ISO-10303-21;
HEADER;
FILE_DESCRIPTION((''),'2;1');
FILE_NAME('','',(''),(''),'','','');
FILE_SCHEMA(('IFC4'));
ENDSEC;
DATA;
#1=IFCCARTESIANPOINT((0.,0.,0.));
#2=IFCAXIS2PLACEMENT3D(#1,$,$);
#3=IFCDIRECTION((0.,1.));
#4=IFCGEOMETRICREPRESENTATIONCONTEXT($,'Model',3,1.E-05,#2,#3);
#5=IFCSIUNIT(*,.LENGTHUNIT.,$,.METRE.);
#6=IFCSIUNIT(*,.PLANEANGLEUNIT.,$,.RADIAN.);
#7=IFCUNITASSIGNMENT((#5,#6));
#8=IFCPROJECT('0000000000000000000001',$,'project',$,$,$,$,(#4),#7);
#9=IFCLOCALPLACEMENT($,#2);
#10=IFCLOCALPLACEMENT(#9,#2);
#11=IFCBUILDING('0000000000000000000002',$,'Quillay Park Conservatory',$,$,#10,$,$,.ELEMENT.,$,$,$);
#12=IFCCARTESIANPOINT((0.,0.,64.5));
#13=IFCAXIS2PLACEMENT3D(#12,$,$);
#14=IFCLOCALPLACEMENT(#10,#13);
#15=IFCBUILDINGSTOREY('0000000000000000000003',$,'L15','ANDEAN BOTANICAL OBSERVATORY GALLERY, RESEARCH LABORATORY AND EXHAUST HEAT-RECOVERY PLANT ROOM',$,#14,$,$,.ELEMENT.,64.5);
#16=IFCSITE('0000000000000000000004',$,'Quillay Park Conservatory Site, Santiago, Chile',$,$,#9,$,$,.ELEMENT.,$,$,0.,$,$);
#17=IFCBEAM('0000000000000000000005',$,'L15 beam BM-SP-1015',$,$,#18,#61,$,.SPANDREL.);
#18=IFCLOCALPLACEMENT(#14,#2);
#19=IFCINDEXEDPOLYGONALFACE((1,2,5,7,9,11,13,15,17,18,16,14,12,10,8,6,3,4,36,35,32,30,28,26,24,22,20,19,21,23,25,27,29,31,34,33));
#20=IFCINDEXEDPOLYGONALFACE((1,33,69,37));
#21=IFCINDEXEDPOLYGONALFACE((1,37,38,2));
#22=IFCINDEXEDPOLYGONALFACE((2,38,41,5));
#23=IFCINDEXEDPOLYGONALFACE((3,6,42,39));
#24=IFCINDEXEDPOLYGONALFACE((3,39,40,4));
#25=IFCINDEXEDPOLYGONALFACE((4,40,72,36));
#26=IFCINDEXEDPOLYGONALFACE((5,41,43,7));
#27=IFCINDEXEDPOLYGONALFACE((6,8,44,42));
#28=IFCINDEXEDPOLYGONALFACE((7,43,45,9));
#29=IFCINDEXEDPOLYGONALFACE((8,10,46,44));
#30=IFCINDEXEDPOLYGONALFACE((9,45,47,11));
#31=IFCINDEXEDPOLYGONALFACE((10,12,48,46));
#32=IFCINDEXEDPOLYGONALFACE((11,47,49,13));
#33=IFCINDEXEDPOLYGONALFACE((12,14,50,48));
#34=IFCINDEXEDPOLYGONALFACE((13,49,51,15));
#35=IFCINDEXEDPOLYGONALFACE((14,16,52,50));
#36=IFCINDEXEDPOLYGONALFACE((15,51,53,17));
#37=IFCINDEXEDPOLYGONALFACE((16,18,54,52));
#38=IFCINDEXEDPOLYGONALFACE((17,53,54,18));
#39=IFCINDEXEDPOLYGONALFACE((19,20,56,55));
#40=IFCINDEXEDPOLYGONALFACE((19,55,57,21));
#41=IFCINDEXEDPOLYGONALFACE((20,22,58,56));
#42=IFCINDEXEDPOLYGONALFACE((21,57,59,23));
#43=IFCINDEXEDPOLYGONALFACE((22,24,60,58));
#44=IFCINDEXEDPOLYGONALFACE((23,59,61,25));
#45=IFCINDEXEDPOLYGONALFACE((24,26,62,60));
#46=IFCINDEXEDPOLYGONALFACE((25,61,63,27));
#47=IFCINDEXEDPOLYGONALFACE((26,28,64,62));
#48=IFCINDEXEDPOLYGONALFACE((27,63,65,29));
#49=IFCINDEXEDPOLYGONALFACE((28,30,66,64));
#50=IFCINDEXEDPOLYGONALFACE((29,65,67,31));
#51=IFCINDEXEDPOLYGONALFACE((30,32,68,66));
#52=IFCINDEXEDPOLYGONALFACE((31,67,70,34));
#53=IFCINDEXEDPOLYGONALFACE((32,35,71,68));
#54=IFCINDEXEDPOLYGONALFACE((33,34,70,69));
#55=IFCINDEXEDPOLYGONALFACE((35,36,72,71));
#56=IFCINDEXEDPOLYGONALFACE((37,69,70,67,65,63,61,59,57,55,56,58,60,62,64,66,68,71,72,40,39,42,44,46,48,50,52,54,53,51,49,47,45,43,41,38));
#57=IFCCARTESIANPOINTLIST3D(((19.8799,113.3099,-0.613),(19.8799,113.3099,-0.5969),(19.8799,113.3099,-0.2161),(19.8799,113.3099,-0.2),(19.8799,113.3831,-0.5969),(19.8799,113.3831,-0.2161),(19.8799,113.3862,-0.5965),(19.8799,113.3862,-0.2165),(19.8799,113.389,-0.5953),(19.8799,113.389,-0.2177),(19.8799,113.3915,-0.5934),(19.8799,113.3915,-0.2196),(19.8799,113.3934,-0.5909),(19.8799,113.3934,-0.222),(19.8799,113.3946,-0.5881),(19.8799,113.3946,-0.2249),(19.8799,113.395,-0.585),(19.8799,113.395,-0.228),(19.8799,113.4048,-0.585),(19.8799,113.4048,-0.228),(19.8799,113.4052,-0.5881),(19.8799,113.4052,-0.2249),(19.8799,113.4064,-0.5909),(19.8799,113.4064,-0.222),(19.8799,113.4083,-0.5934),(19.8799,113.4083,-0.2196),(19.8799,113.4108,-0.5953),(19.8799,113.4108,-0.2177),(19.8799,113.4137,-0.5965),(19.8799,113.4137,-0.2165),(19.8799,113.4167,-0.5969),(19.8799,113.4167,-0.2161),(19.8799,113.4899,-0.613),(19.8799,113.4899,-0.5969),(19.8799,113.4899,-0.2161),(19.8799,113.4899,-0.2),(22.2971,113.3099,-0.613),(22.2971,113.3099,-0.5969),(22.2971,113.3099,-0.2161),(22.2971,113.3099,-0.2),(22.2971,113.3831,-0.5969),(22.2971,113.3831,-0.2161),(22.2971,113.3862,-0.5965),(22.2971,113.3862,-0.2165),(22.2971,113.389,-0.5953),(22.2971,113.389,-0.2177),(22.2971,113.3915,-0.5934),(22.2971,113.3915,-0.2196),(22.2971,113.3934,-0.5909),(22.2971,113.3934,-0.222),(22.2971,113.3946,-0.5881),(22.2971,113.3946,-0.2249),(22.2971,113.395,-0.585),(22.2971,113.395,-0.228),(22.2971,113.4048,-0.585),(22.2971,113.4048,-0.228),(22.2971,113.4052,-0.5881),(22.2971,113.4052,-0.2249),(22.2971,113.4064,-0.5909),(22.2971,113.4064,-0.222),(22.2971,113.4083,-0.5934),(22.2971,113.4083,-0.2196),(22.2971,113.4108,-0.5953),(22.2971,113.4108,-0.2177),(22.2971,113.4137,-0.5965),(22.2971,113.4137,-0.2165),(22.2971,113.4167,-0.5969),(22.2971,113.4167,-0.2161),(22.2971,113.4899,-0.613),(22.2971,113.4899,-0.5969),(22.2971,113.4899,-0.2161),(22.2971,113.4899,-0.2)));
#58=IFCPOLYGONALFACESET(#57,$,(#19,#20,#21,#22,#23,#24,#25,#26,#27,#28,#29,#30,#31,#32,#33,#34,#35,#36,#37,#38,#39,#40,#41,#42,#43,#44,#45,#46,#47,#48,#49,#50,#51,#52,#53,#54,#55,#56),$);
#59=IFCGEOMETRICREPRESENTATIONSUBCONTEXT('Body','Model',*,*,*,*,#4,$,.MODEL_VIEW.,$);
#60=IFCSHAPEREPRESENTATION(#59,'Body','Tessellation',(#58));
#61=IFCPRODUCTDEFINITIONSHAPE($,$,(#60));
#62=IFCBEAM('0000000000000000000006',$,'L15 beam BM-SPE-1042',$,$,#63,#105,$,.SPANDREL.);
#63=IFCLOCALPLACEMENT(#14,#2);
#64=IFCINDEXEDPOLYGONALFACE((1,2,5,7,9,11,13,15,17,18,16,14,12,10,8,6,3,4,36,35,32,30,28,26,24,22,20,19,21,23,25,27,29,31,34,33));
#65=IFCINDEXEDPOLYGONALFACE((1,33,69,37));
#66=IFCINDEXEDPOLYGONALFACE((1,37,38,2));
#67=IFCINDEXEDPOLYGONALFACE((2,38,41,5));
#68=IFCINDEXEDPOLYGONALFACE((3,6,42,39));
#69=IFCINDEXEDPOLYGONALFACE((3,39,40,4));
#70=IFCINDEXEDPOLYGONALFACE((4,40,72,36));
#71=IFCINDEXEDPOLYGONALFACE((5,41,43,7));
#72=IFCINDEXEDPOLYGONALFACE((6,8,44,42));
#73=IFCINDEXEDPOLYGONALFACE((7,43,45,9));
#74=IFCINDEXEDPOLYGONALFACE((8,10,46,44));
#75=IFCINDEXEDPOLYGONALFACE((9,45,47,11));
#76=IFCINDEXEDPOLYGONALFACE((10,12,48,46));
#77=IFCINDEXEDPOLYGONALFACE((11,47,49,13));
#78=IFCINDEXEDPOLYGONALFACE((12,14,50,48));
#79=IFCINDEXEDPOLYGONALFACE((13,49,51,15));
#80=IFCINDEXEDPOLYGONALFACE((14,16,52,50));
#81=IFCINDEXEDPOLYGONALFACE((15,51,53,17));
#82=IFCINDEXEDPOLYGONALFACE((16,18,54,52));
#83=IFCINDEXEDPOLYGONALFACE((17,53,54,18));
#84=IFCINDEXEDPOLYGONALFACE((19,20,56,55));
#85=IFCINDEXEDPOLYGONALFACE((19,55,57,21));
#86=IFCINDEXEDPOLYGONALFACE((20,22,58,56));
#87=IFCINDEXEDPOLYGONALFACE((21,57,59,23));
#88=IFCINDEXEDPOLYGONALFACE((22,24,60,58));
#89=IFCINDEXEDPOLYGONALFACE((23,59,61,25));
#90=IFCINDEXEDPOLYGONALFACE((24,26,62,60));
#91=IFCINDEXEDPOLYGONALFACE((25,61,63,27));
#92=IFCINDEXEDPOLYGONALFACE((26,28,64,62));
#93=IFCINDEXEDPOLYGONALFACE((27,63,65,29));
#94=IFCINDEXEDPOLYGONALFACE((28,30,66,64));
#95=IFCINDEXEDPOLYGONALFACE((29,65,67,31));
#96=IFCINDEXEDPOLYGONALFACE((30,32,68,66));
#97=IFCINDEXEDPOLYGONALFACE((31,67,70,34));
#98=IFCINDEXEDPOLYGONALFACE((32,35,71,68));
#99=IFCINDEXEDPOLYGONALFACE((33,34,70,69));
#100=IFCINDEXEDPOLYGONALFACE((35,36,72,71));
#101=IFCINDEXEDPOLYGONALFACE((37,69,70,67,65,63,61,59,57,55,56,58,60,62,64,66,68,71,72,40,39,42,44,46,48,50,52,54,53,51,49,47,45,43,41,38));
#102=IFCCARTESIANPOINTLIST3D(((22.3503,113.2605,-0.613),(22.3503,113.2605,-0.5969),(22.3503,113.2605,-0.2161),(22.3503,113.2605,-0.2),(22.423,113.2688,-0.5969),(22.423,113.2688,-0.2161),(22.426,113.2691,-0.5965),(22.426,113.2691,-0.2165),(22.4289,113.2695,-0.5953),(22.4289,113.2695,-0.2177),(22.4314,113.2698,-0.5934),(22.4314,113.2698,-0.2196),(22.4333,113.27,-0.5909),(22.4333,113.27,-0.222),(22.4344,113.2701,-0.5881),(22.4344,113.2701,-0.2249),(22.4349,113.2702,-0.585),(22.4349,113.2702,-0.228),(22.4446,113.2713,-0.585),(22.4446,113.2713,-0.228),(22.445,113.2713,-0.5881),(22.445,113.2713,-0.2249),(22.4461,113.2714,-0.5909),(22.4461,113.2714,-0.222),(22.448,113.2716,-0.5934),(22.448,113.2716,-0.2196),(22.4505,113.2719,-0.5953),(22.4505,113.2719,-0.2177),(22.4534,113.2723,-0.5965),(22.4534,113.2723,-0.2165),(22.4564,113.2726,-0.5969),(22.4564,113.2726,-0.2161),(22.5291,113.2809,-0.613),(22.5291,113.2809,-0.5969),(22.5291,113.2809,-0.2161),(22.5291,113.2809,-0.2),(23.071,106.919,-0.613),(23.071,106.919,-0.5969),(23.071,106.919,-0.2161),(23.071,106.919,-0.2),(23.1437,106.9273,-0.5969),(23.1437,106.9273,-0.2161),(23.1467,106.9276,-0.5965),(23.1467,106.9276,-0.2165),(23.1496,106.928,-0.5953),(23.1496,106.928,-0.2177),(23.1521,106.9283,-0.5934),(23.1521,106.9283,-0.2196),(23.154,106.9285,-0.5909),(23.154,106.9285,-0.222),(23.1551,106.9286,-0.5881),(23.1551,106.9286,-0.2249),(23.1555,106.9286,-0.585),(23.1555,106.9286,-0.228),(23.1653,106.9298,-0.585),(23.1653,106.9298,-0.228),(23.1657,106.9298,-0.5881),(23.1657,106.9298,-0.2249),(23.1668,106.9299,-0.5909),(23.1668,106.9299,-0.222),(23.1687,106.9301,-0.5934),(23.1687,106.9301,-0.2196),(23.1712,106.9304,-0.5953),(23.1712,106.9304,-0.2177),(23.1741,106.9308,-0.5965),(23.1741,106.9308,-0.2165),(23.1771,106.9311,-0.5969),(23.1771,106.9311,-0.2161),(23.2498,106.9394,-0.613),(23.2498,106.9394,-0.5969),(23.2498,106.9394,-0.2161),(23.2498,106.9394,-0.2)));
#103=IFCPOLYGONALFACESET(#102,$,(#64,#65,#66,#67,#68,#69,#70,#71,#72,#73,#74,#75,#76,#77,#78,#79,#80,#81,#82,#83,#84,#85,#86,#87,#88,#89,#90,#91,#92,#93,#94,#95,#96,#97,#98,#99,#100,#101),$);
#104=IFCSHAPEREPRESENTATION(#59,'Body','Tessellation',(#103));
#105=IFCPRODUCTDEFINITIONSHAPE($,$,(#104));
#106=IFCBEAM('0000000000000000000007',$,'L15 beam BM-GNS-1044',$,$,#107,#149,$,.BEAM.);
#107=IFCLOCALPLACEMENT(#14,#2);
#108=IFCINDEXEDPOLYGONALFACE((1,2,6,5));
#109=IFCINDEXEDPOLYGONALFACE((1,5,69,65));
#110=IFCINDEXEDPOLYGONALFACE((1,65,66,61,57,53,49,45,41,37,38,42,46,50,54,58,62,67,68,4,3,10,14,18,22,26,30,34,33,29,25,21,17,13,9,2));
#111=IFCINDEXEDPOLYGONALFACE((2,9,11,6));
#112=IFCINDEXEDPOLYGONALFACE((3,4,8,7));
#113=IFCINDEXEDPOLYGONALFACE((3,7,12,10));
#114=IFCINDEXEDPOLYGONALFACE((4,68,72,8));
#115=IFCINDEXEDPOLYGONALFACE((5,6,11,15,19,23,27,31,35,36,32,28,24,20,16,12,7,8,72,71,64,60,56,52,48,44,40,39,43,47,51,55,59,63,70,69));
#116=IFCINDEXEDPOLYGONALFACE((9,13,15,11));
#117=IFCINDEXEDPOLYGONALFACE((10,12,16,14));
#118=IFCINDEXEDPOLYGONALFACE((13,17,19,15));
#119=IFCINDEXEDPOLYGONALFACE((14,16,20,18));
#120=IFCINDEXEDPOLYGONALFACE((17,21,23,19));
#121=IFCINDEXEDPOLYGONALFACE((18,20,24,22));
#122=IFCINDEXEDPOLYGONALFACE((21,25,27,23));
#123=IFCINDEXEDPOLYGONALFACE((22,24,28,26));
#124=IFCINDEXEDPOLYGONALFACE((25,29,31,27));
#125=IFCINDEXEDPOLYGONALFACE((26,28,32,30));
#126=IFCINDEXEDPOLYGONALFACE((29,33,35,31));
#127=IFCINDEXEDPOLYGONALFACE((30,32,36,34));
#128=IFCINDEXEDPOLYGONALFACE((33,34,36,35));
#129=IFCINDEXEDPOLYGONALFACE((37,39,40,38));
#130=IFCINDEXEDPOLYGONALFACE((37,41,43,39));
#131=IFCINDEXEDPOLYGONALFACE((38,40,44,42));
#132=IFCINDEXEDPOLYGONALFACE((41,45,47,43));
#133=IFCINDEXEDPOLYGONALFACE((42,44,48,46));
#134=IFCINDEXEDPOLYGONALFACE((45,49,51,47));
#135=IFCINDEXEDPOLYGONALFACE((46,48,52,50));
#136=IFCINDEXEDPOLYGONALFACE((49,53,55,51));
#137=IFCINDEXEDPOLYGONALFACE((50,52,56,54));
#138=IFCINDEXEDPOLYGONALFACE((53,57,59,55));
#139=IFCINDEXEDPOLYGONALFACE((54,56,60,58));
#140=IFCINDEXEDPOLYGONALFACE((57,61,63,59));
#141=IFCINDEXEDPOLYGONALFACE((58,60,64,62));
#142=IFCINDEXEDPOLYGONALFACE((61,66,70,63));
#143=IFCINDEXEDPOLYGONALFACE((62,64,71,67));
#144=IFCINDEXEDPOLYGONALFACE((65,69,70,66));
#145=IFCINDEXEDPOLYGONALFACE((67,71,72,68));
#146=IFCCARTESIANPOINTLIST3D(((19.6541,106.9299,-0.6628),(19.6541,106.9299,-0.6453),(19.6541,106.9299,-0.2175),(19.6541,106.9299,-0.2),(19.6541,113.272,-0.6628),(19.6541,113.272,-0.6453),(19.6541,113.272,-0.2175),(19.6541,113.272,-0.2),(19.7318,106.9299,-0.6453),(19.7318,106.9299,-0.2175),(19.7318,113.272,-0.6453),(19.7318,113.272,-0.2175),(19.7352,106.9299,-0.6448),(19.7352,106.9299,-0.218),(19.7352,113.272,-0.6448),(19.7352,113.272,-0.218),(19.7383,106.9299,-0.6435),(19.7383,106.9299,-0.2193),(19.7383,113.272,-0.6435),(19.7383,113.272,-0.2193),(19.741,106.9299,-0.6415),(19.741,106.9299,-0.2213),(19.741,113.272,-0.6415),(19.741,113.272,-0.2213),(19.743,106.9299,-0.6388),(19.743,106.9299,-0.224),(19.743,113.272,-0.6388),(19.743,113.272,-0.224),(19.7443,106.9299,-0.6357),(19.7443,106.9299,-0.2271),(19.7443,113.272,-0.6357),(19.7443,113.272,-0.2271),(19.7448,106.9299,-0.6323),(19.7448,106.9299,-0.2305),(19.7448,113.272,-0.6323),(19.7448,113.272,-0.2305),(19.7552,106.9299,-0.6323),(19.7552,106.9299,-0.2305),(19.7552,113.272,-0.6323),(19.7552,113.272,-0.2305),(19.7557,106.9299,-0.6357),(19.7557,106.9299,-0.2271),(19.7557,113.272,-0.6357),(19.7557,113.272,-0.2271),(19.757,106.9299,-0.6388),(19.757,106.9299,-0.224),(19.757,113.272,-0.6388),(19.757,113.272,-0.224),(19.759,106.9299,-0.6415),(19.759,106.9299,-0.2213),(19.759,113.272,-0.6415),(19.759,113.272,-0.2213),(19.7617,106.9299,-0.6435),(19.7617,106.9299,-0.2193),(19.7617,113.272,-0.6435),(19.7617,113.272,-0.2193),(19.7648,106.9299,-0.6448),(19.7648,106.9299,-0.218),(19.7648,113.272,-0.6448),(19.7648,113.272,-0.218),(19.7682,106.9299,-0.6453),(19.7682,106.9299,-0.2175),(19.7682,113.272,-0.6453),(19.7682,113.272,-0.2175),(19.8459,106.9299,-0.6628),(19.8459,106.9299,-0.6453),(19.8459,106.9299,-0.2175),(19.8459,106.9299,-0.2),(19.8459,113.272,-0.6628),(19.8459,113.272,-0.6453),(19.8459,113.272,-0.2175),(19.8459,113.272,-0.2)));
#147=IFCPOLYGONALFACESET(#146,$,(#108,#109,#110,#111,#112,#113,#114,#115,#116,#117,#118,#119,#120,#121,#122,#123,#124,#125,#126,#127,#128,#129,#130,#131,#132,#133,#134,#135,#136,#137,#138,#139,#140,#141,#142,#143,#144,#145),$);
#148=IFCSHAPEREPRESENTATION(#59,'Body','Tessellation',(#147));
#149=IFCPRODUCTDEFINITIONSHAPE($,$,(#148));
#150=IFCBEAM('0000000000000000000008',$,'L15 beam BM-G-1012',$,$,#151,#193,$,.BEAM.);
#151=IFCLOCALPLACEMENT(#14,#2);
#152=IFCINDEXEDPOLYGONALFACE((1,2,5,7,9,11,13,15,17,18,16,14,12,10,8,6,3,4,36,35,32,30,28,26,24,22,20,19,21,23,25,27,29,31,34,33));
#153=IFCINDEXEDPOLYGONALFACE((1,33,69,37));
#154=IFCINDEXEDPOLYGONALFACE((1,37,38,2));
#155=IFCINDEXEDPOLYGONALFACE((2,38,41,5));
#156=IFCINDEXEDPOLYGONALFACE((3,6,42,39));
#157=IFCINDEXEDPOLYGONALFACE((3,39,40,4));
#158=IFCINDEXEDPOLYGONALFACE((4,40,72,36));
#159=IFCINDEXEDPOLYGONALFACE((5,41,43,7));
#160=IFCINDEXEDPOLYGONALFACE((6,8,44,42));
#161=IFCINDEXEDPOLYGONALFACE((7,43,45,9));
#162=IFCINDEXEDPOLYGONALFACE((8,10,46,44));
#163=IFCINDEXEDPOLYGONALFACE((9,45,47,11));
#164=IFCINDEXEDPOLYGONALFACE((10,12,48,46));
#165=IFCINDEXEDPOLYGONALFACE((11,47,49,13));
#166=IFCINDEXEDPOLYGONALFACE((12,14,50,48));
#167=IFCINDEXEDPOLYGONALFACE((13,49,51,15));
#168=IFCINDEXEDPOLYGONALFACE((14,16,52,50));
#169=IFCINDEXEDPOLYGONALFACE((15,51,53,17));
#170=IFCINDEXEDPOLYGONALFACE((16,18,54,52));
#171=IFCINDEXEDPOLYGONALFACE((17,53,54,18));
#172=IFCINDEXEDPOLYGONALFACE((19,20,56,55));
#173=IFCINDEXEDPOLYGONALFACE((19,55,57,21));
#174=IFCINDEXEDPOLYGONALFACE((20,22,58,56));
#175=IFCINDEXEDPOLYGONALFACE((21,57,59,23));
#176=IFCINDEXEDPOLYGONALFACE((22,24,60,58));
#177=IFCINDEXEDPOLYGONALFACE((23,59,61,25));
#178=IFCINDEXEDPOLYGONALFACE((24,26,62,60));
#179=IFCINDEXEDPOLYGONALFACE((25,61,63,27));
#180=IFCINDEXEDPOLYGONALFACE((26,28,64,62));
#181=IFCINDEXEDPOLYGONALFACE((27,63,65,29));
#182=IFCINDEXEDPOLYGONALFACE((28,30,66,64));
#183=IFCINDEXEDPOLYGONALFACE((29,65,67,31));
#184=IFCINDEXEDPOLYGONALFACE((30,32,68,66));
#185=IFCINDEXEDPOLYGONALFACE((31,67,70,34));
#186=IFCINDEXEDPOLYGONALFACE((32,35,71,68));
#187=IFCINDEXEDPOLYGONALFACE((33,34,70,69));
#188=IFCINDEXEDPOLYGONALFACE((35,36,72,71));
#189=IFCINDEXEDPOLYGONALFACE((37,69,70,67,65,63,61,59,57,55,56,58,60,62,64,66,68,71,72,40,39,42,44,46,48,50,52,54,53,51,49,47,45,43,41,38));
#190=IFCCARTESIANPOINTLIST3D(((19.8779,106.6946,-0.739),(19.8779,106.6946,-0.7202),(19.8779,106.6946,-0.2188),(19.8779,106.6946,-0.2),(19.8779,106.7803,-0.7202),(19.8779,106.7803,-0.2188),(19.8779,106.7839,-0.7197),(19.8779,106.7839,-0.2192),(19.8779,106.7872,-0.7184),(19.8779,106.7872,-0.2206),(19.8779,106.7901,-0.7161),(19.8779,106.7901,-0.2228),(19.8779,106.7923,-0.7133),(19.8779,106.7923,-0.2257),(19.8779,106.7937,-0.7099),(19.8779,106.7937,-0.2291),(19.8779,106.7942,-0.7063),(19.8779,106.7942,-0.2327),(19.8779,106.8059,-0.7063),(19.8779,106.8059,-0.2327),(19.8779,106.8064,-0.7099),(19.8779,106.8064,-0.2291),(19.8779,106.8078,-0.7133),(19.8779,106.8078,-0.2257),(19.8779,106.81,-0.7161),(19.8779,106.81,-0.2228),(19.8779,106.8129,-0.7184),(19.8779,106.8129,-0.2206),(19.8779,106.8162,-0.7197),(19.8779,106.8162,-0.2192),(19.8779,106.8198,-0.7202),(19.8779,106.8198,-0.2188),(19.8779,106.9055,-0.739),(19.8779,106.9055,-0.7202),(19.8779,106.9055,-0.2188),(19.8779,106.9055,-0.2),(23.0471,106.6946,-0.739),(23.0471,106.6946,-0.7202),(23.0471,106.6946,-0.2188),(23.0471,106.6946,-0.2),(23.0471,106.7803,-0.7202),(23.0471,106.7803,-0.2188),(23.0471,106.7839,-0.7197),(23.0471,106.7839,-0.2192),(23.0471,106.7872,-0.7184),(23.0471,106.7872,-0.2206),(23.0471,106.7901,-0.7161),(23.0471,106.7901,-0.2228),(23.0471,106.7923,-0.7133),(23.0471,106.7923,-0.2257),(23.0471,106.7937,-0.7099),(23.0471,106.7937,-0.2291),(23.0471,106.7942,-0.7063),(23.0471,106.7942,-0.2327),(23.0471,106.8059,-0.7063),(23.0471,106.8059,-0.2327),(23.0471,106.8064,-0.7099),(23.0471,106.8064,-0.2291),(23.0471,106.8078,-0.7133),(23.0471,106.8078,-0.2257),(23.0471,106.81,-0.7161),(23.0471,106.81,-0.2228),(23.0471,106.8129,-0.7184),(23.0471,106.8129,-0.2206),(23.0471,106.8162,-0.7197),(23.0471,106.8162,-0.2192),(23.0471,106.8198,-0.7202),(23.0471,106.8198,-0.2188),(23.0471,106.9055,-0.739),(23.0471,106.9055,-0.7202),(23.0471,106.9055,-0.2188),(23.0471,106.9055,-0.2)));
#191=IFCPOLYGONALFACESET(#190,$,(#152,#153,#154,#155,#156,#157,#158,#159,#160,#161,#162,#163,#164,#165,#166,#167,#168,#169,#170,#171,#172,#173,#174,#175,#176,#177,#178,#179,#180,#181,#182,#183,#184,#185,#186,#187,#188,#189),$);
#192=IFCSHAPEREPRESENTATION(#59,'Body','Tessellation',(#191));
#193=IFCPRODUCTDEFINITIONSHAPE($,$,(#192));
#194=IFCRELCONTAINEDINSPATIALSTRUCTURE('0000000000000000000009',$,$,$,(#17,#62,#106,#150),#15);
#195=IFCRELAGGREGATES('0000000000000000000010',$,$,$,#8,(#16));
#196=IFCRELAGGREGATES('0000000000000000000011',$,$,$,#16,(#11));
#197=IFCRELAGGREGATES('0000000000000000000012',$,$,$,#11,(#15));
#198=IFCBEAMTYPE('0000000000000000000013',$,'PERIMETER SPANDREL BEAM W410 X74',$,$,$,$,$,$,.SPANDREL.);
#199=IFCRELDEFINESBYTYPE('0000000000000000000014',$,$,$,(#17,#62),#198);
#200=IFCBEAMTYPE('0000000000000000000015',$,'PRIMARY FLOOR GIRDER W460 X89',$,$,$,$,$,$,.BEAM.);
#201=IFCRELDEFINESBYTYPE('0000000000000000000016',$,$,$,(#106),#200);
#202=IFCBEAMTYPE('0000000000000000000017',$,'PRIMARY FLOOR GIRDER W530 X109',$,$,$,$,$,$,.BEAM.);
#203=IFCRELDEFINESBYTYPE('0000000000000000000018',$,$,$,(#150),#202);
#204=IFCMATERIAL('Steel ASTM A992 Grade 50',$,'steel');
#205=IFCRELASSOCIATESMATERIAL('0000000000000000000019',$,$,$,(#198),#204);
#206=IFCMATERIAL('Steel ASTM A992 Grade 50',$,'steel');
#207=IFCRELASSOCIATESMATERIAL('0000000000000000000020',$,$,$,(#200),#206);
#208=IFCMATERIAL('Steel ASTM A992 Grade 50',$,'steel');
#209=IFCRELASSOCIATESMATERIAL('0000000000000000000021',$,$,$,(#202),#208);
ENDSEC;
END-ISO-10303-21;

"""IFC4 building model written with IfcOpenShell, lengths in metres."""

from ifc_helpers import new_model, si_unit, direction, frame, origin, origin_2d, place, context, subcontext, project, spatial, i_section, extrude, material, material_profile, profile_set, type_object, element, save


model = new_model("IFC4")

# Units and contexts
model_context = context("Model", 3, precision=1e-05, world=origin(), true_north=direction((0.0, 1.0)))
body_context = subcontext(model_context, "Body", "Model", "MODEL_VIEW")
ifc_project = project(units=[si_unit("LENGTHUNIT", "METRE"), si_unit("PLANEANGLEUNIT", "RADIAN")], contexts=[model_context])

# Site, building, storey
site_placement = place(None, origin())
site = spatial("IfcSite", under=ifc_project, at=site_placement, Name="Quillay Park Conservatory Site, Santiago, Chile", CompositionType="ELEMENT", RefElevation=0.0)
building_placement = place(site_placement, origin())
building = spatial("IfcBuilding", under=site, at=building_placement, Name="Quillay Park Conservatory", CompositionType="ELEMENT")
storey_placement = place(building_placement, frame((0.0, 0.0, 64.5)))
storey = spatial("IfcBuildingStorey", under=building, at=storey_placement, Name="L15", Description="ANDEAN BOTANICAL OBSERVATORY GALLERY, RESEARCH LABORATORY AND EXHAUST HEAT-RECOVERY PLANT ROOM", CompositionType="ELEMENT", Elevation=64.5)

# Beams
ifc_material_1 = material(Name="Steel ASTM A992 Grade 50", Category="steel")
ifc_material_profile_1 = material_profile(ifc_material_1, i_section(OverallWidth=0.1799, OverallDepth=0.4131, WebThickness=0.0098, FlangeThickness=0.0161, FilletRadius=0.012, at=origin_2d()), Name="W410x74")
ifc_profile_set_1 = profile_set([ifc_material_profile_1], Name="Steel ASTM A992 Grade 50")
beam_type_1 = type_object("IfcBeamType", Name="PERIMETER SPANDREL BEAM W410 X74", PredefinedType="SPANDREL", material=ifc_profile_set_1)
beam_1_placement = place(storey_placement, frame((19.8799, 113.3999, -0.4065), z_axis=(1.0, 0.0, 0.0), x_axis=(0.0, 1.0, 0.0)))
element("IfcBeam", 1, at=beam_1_placement, inside=storey, type_object=beam_type_1, Name="L15 beam BM-SP-1015", PredefinedType="SPANDREL", context=body_context, shape_type="SweptSolid", body=[
    extrude(i_section(OverallWidth=0.1799, OverallDepth=0.4131, WebThickness=0.0098, FlangeThickness=0.0161, FilletRadius=0.012, at=origin_2d()), origin(), (0.0, 0.0, 1.0), 2.4172),
])
beam_2_placement = place(storey_placement, frame((23.1604, 106.9292, -0.4065), z_axis=(-0.112921, 0.993604, 0.0), x_axis=(-0.993604, -0.112921, 0.0)))
element("IfcBeam", 2, at=beam_2_placement, inside=storey, type_object=beam_type_1, Name="L15 beam BM-SPE-1042", PredefinedType="SPANDREL", context=body_context, shape_type="SweptSolid", body=[
    extrude(i_section(OverallWidth=0.1799, OverallDepth=0.4131, WebThickness=0.0098, FlangeThickness=0.0161, FilletRadius=0.012, at=origin_2d()), origin(), (0.0, 0.0, 1.0), 6.3823),
])
ifc_material_2 = material(Name="Steel ASTM A992 Grade 50", Category="steel")
ifc_material_profile_2 = material_profile(ifc_material_2, i_section(OverallWidth=0.1919, OverallDepth=0.4629, WebThickness=0.0105, FlangeThickness=0.0176, FilletRadius=0.0129, at=origin_2d()), Name="W460x89")
ifc_profile_set_2 = profile_set([ifc_material_profile_2], Name="Steel ASTM A992 Grade 50")
beam_type_2 = type_object("IfcBeamType", Name="PRIMARY FLOOR GIRDER W460 X89", PredefinedType="BEAM", material=ifc_profile_set_2)
beam_3_placement = place(storey_placement, frame((19.75, 106.9299, -0.4314), z_axis=(0.0, 1.0, 0.0), x_axis=(-1.0, 0.0, 0.0)))
element("IfcBeam", 3, at=beam_3_placement, inside=storey, type_object=beam_type_2, Name="L15 beam BM-GNS-1044", PredefinedType="BEAM", context=body_context, shape_type="SweptSolid", body=[
    extrude(i_section(OverallWidth=0.1919, OverallDepth=0.4629, WebThickness=0.0105, FlangeThickness=0.0176, FilletRadius=0.0129, at=origin_2d()), origin(), (0.0, 0.0, 1.0), 6.342),
])
ifc_material_3 = material(Name="Steel ASTM A992 Grade 50", Category="steel")
ifc_material_profile_3 = material_profile(ifc_material_3, i_section(OverallWidth=0.2109, OverallDepth=0.5391, WebThickness=0.0117, FlangeThickness=0.0188, FilletRadius=0.0139, at=origin_2d()), Name="W530x109")
ifc_profile_set_3 = profile_set([ifc_material_profile_3], Name="Steel ASTM A992 Grade 50")
beam_type_3 = type_object("IfcBeamType", Name="PRIMARY FLOOR GIRDER W530 X109", PredefinedType="BEAM", material=ifc_profile_set_3)
beam_4_placement = place(storey_placement, frame((19.8779, 106.8, -0.4695), z_axis=(1.0, 0.0, 0.0), x_axis=(0.0, 1.0, 0.0)))
element("IfcBeam", 4, at=beam_4_placement, inside=storey, type_object=beam_type_3, Name="L15 beam BM-G-1012", PredefinedType="BEAM", context=body_context, shape_type="SweptSolid", body=[
    extrude(i_section(OverallWidth=0.2109, OverallDepth=0.5391, WebThickness=0.0117, FlangeThickness=0.0188, FilletRadius=0.0139, at=origin_2d()), origin(), (0.0, 0.0, 1.0), 3.1692),
])

save(model, "model.ifc")
